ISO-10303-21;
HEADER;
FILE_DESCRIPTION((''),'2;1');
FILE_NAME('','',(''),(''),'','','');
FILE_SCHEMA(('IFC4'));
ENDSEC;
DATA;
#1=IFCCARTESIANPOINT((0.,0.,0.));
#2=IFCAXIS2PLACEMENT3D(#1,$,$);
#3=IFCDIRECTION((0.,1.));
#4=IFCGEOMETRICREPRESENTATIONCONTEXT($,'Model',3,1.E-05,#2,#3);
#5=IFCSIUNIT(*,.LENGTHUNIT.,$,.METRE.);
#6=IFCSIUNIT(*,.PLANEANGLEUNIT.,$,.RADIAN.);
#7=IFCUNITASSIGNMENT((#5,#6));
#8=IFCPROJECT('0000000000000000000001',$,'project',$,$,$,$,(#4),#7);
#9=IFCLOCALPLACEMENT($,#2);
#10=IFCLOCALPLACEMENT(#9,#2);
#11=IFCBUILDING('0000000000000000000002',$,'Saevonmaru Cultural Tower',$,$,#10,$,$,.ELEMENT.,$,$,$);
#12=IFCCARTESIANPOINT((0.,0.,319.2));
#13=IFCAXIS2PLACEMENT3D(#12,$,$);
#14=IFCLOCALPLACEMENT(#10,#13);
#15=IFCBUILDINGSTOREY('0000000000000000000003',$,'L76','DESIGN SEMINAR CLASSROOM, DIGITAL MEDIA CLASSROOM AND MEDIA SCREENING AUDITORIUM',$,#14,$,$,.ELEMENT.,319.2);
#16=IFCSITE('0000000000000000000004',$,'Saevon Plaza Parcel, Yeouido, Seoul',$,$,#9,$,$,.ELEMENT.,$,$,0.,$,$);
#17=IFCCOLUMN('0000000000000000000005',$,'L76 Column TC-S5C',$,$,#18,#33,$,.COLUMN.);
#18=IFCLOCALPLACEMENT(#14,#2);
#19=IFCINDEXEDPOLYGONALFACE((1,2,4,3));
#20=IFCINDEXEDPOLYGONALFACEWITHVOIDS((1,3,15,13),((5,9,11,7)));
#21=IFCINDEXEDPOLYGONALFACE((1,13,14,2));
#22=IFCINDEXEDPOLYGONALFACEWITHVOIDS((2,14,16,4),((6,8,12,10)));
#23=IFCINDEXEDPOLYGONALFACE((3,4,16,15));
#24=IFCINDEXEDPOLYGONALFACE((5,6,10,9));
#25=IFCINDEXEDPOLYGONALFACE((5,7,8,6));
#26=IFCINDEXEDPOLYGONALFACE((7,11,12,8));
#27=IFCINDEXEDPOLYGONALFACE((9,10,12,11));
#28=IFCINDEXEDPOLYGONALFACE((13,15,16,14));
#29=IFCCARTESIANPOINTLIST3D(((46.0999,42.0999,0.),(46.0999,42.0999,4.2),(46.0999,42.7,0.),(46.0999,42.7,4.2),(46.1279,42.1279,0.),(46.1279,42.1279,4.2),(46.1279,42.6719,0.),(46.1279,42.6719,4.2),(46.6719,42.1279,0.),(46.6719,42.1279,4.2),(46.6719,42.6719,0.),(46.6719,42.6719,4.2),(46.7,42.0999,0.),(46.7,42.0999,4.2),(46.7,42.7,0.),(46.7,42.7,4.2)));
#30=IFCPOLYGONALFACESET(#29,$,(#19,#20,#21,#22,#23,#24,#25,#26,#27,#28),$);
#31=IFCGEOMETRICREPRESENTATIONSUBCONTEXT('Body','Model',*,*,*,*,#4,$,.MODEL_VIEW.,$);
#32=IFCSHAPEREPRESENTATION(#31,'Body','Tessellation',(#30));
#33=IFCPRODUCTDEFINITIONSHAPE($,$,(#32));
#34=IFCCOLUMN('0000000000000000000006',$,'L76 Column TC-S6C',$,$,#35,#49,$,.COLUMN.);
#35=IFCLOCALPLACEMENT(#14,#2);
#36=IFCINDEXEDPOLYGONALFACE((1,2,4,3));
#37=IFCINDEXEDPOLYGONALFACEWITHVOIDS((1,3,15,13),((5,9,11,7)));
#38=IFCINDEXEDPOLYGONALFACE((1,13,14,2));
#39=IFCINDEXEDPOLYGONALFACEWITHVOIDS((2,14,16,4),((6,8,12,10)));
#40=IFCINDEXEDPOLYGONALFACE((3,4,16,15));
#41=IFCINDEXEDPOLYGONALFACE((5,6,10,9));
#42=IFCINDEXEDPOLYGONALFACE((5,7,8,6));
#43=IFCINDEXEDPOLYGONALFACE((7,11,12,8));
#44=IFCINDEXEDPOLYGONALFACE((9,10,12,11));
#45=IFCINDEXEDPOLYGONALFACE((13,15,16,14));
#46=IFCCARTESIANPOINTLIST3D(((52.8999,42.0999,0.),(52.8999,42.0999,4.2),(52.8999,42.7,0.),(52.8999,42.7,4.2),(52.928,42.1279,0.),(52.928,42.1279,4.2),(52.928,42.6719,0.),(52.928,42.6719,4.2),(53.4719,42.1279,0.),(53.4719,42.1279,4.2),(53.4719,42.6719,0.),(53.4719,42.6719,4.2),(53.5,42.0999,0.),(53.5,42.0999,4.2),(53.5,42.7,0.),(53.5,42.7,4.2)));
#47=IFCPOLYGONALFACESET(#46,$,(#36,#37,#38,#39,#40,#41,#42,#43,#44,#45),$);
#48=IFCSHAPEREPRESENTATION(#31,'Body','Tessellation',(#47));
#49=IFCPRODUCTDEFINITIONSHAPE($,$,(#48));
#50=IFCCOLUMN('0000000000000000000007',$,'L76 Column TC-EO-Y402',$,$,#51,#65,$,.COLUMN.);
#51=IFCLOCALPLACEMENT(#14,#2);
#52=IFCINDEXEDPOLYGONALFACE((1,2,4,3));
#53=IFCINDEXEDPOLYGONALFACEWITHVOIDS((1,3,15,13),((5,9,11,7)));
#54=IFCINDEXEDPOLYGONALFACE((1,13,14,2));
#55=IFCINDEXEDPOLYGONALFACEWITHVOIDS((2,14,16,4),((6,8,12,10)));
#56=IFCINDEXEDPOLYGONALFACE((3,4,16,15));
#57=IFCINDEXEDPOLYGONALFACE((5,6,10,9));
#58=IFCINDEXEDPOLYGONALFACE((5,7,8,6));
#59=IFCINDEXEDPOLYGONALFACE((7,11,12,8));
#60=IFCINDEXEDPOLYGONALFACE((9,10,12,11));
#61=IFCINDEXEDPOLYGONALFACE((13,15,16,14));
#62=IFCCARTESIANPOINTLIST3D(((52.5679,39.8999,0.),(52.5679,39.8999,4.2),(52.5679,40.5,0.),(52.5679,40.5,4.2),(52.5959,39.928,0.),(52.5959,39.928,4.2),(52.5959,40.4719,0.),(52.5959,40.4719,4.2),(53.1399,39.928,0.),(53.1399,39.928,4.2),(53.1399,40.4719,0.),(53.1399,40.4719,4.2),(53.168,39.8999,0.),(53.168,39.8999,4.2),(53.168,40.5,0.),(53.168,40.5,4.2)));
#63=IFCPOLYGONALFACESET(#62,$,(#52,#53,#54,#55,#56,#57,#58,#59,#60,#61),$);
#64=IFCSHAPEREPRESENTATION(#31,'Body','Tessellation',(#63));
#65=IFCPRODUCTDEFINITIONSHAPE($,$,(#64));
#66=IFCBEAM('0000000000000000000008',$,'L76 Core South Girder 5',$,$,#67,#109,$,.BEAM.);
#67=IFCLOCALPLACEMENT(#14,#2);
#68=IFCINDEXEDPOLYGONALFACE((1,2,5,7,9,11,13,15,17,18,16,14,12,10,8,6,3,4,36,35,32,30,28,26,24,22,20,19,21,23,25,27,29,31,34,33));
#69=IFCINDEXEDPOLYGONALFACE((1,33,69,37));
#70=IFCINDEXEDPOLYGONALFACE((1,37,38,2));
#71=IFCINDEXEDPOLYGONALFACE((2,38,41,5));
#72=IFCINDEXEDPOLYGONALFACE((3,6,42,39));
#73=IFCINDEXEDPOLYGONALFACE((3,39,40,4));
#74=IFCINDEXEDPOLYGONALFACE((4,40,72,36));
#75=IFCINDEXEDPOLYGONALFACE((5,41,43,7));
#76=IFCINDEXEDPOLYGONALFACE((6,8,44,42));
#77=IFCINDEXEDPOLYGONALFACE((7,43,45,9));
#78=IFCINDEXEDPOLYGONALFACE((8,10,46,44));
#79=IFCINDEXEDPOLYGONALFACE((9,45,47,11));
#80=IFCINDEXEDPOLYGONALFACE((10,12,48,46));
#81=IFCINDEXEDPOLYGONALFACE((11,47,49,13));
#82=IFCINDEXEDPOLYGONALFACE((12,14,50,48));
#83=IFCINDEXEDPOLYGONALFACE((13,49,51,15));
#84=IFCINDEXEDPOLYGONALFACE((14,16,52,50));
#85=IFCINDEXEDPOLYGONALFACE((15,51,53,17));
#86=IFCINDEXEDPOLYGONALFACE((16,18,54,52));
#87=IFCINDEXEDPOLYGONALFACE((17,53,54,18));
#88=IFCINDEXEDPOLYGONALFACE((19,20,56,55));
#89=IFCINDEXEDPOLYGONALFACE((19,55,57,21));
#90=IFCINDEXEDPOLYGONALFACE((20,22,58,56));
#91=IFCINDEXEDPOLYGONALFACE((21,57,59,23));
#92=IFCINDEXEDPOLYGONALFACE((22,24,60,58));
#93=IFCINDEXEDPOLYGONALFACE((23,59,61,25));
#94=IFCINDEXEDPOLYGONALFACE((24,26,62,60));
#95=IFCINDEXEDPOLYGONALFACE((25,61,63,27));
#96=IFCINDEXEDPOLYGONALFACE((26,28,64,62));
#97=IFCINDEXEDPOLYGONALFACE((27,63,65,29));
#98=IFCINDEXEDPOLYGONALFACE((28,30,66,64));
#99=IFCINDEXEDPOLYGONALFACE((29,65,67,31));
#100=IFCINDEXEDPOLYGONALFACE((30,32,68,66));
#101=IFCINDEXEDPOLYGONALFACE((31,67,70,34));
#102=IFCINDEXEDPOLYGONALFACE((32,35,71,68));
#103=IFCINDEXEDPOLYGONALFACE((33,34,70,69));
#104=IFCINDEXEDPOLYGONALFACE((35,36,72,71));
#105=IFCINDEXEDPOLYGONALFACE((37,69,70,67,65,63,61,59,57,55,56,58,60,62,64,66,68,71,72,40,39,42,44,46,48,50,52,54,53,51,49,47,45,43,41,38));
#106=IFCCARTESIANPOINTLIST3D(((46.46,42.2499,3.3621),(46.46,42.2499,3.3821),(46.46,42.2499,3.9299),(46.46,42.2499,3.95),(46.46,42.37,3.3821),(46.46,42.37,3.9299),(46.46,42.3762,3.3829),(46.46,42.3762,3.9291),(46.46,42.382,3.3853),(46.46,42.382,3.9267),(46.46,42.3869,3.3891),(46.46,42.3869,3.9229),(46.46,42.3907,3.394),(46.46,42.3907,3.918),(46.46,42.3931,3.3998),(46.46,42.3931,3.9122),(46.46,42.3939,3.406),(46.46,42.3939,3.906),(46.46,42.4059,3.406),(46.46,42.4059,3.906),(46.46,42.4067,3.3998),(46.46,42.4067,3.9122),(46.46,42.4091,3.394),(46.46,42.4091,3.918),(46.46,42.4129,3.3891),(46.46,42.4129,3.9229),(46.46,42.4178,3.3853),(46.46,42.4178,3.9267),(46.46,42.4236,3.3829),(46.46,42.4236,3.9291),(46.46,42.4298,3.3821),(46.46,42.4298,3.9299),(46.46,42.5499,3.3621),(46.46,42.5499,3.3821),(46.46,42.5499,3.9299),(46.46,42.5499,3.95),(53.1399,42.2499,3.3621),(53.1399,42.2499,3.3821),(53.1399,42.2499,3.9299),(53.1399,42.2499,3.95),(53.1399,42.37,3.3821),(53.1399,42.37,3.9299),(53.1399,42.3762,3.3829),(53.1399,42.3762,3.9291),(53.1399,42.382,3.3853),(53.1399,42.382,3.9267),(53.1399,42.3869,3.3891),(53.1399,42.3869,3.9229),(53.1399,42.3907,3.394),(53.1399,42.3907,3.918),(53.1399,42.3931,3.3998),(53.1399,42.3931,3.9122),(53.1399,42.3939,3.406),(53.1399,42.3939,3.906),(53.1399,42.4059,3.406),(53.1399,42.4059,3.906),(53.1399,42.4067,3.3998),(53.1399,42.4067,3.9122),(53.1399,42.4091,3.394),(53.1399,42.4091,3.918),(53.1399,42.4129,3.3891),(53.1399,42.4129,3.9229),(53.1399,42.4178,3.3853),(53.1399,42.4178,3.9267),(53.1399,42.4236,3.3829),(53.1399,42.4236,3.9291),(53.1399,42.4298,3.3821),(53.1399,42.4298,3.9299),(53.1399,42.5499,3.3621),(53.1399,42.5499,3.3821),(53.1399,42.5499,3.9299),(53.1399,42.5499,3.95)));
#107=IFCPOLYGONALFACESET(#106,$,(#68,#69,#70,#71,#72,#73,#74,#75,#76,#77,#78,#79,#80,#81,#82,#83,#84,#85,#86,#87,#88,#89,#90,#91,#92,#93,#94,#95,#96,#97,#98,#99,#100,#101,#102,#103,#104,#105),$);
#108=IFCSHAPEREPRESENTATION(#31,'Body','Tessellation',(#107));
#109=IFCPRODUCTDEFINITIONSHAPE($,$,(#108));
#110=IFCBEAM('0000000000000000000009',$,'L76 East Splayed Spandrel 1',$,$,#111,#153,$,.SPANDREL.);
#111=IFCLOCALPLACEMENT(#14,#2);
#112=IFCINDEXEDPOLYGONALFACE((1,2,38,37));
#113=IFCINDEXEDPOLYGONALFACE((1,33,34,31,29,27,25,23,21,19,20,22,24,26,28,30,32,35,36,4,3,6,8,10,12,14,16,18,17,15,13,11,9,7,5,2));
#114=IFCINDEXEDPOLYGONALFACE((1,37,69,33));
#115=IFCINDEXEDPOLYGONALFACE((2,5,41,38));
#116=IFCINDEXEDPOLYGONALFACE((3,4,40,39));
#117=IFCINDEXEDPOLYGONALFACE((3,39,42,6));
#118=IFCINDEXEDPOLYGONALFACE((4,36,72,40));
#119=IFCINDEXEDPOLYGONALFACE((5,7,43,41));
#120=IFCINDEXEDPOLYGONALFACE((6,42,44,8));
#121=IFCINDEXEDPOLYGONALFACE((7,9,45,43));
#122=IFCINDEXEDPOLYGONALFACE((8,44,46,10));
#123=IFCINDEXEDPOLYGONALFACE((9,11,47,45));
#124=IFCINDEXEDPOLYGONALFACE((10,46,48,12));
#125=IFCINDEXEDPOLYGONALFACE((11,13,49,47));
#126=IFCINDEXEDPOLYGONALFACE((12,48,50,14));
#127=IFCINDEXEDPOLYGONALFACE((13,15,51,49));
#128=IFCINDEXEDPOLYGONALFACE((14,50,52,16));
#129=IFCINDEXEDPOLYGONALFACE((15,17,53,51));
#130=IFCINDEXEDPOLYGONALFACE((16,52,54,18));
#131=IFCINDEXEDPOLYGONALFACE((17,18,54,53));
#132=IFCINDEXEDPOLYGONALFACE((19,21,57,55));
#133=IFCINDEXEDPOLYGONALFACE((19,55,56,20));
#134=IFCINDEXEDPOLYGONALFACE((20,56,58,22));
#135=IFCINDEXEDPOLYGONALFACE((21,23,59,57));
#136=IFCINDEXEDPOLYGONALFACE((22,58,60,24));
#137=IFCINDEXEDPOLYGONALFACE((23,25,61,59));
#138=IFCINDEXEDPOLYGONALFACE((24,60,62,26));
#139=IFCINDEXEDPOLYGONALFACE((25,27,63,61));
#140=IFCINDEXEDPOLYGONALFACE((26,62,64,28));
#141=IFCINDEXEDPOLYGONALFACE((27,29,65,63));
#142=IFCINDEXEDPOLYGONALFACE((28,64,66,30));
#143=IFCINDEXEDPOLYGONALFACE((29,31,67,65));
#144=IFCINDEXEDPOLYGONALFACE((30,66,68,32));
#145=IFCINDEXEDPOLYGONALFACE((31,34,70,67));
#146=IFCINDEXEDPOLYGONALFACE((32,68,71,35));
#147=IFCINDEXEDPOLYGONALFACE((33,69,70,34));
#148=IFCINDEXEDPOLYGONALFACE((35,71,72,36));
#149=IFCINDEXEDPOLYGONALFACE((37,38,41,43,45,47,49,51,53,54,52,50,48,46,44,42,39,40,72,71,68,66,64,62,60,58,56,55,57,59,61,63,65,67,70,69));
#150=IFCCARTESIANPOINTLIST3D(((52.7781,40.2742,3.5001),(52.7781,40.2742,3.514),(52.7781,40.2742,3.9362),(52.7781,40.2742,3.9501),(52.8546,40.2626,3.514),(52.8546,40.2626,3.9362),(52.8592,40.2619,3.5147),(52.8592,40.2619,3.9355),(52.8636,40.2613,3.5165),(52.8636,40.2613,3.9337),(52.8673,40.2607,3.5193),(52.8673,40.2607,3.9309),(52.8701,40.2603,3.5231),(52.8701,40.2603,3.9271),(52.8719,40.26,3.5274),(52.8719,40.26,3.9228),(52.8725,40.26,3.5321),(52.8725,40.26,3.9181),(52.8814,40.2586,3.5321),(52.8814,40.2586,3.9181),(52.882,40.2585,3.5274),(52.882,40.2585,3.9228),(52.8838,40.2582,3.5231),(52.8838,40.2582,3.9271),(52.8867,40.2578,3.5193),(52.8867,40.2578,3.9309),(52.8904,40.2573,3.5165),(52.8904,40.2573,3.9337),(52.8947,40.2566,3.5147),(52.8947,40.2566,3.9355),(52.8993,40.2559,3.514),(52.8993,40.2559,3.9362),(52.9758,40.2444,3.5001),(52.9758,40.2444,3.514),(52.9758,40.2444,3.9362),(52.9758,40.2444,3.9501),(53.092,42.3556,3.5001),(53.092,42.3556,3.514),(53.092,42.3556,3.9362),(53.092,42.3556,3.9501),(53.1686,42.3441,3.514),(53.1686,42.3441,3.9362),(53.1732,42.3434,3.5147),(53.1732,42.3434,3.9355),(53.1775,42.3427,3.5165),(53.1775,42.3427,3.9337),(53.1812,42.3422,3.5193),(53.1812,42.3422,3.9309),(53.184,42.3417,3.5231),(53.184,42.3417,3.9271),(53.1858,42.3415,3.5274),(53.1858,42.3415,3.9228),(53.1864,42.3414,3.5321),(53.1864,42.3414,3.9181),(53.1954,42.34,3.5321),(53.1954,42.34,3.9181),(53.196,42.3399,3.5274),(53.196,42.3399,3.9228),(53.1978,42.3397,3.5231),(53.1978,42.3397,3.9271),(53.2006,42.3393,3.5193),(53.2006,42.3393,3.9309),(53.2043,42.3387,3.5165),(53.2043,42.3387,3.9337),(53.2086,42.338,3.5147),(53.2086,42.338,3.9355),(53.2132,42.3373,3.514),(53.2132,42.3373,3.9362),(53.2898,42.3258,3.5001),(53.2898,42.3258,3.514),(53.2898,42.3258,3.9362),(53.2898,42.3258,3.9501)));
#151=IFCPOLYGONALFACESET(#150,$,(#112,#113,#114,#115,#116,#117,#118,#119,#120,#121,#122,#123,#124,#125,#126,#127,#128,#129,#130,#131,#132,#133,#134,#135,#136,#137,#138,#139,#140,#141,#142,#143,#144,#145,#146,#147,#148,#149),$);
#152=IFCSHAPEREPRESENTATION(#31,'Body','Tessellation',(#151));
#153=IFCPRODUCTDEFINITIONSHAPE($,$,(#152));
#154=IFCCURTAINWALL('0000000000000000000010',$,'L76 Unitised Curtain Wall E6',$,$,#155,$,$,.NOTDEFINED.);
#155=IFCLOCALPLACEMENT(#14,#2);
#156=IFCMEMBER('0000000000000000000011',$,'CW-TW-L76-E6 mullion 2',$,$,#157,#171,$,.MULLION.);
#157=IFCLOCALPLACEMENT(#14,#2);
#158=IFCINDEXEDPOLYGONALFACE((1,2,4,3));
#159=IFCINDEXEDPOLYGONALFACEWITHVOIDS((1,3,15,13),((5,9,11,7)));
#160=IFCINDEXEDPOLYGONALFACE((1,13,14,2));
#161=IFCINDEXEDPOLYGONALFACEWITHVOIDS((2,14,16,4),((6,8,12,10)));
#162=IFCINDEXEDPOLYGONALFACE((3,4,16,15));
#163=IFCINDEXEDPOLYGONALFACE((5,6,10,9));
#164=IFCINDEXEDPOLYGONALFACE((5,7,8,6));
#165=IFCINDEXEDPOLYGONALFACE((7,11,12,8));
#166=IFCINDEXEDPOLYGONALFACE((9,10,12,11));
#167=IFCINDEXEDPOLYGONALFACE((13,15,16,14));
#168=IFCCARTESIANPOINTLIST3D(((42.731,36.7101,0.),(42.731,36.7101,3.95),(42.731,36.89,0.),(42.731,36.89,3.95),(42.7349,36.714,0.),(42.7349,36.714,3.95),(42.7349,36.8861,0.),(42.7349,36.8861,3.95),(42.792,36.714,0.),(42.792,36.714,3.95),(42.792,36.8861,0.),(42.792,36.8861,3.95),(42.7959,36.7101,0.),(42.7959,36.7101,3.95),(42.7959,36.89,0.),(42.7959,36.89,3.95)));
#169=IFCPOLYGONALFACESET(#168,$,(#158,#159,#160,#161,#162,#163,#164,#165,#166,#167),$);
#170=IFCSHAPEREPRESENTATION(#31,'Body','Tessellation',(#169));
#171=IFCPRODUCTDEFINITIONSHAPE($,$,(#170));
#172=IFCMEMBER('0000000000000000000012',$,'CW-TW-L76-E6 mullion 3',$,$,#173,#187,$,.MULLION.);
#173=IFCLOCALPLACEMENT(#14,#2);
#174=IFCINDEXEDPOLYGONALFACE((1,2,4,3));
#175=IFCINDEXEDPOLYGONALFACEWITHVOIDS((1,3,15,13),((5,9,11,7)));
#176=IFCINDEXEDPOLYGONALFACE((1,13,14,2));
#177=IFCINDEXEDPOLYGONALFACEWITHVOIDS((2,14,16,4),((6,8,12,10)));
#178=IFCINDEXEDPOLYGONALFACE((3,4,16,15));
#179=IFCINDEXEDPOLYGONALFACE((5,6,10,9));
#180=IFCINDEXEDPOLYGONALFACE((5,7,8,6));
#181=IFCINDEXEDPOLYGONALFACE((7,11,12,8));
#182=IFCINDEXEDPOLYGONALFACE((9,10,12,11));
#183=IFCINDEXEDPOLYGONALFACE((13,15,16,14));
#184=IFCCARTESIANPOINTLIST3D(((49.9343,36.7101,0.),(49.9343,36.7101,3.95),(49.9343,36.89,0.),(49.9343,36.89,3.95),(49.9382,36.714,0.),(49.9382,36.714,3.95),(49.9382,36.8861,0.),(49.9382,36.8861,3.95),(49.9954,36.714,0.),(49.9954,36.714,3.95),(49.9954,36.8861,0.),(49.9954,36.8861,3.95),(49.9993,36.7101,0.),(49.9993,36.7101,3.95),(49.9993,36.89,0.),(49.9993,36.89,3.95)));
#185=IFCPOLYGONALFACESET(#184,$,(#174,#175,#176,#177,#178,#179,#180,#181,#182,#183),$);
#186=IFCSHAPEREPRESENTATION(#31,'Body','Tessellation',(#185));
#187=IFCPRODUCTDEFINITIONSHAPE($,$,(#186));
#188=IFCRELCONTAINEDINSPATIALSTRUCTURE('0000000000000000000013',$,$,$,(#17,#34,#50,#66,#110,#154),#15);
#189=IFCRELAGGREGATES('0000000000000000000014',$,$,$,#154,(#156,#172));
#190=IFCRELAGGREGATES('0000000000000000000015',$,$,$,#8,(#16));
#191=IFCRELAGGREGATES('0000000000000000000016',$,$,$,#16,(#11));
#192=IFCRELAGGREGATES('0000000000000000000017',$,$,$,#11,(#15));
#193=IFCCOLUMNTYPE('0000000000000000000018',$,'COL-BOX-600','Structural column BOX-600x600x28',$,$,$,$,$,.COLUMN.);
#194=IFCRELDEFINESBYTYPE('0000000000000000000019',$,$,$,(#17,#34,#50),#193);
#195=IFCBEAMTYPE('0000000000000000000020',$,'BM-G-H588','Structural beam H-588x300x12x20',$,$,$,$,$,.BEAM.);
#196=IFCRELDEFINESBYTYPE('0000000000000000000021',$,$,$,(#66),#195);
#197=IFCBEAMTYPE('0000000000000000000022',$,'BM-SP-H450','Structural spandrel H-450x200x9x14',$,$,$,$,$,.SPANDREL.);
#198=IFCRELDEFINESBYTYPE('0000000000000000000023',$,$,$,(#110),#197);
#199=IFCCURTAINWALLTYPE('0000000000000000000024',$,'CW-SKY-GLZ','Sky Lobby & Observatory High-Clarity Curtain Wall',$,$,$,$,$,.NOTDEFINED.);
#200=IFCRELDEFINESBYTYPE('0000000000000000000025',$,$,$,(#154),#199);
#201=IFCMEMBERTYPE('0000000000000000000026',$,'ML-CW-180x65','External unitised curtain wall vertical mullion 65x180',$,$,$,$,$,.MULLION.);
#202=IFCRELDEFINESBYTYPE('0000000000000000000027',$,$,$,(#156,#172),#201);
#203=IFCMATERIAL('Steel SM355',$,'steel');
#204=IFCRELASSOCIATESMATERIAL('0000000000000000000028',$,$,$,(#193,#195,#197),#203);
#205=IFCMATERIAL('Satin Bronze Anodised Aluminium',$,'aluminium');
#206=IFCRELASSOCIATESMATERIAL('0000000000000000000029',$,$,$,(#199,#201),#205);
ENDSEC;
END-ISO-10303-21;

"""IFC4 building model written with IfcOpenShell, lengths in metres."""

from ifc_helpers import new_model, si_unit, direction, frame, origin, origin_2d, place, context, subcontext, project, spatial, hollow_rectangle, i_section, extrude, material, material_profile, profile_set, type_object, element, aggregate, save


model = new_model("IFC4")

# Units and contexts
model_context = context("Model", 3, precision=1e-05, world=origin(), true_north=direction((0.0, 1.0)))
body_context = subcontext(model_context, "Body", "Model", "MODEL_VIEW")
ifc_project = project(units=[si_unit("LENGTHUNIT", "METRE"), si_unit("PLANEANGLEUNIT", "RADIAN")], contexts=[model_context])

# Site, building, storey
site_placement = place(None, origin())
site = spatial("IfcSite", under=ifc_project, at=site_placement, Name="Saevon Plaza Parcel, Yeouido, Seoul", CompositionType="ELEMENT", RefElevation=0.0)
building_placement = place(site_placement, origin())
building = spatial("IfcBuilding", under=site, at=building_placement, Name="Saevonmaru Cultural Tower", CompositionType="ELEMENT")
storey_placement = place(building_placement, frame((0.0, 0.0, 319.2)))
storey = spatial("IfcBuildingStorey", under=building, at=storey_placement, Name="L76", Description="DESIGN SEMINAR CLASSROOM, DIGITAL MEDIA CLASSROOM AND MEDIA SCREENING AUDITORIUM", CompositionType="ELEMENT", Elevation=319.2)

# Columns
ifc_material_1 = material(Name="Steel SM355", Category="steel")
ifc_material_profile_1 = material_profile(ifc_material_1, hollow_rectangle(XDim=0.6001, YDim=0.6001, WallThickness=0.0281, at=origin_2d()), Name="BOX-600x600x28")
ifc_profile_set_1 = profile_set([ifc_material_profile_1], Name="Steel SM355")
column_type = type_object("IfcColumnType", Name="COL-BOX-600", Description="Structural column BOX-600x600x28", PredefinedType="COLUMN", material=ifc_profile_set_1)
for number, where, z_axis, x_axis, name in (
    (1, (46.3999, 42.3999, 0.0), (0.0, 0.0, 1.0), (1.0, 0.0, 0.0), "L76 Column TC-S5C"),
    (2, (53.2, 42.3999, 0.0), (0.0, 0.0, 1.0), (1.0, 0.0, 0.0), "L76 Column TC-S6C"),
    (3, (52.8679, 40.2, 0.0), (0.0, 0.0, 1.0), (1.0, 0.0, 0.0), "L76 Column TC-EO-Y402"),
):
    element("IfcColumn", number, at=place(storey_placement, frame(where, z_axis=z_axis, x_axis=x_axis)), inside=storey, type_object=column_type, Name=name, PredefinedType="COLUMN", context=body_context, shape_type="SweptSolid", body=[
        extrude(hollow_rectangle(XDim=0.6001, YDim=0.6001, WallThickness=0.0281, at=origin_2d()), origin(), (0.0, 0.0, 1.0), 4.2),
    ])

# Beams
ifc_material_profile_2 = material_profile(ifc_material_1, i_section(OverallWidth=0.3, OverallDepth=0.5879, WebThickness=0.012, FlangeThickness=0.02, FilletRadius=0.0239, at=origin_2d()), Name="H-588x300x12x20")
ifc_profile_set_2 = profile_set([ifc_material_profile_2], Name="Steel SM355")
beam_type_1 = type_object("IfcBeamType", Name="BM-G-H588", Description="Structural beam H-588x300x12x20", PredefinedType="BEAM", material=ifc_profile_set_2)
beam_1_placement = place(storey_placement, frame((46.46, 42.3999, 3.656), z_axis=(1.0, 0.0, 0.0), x_axis=(0.0, 1.0, 0.0)))
element("IfcBeam", 4, at=beam_1_placement, inside=storey, type_object=beam_type_1, Name="L76 Core South Girder 5", PredefinedType="BEAM", context=body_context, shape_type="SweptSolid", body=[
    extrude(i_section(OverallWidth=0.3, OverallDepth=0.5879, WebThickness=0.012, FlangeThickness=0.02, FilletRadius=0.0239, at=origin_2d()), origin(), (0.0, 0.0, 1.0), 6.6799),
])
ifc_material_profile_3 = material_profile(ifc_material_1, i_section(OverallWidth=0.2, OverallDepth=0.45, WebThickness=0.009, FlangeThickness=0.0139, FilletRadius=0.0181, at=origin_2d()), Name="H-450x200x9x14")
ifc_profile_set_3 = profile_set([ifc_material_profile_3], Name="Steel SM355")
beam_type_2 = type_object("IfcBeamType", Name="BM-SP-H450", Description="Structural spandrel H-450x200x9x14", PredefinedType="SPANDREL", material=ifc_profile_set_3)
beam_2_placement = place(storey_placement, frame((52.877, 40.2593, 3.7251), z_axis=(0.149146, 0.988815, 0.0), x_axis=(-0.988815, 0.149146, 0.0)))
element("IfcBeam", 5, at=beam_2_placement, inside=storey, type_object=beam_type_2, Name="L76 East Splayed Spandrel 1", PredefinedType="SPANDREL", context=body_context, shape_type="SweptSolid", body=[
    extrude(i_section(OverallWidth=0.2, OverallDepth=0.45, WebThickness=0.009, FlangeThickness=0.0139, FilletRadius=0.0181, at=origin_2d()), origin(), (0.0, 0.0, 1.0), 2.105),
])

# Curtain wall, members
ifc_material_2 = material(Name="Satin Bronze Anodised Aluminium", Category="aluminium")
curtain_wall_type = type_object("IfcCurtainWallType", Name="CW-SKY-GLZ", Description="Sky Lobby & Observatory High-Clarity Curtain Wall", PredefinedType="NOTDEFINED", material=ifc_material_2)
curtain_wall_1_placement = place(storey_placement, origin())
curtain_wall_1 = element("IfcCurtainWall", 6, at=curtain_wall_1_placement, inside=storey, type_object=curtain_wall_type, Name="L76 Unitised Curtain Wall E6", PredefinedType="NOTDEFINED")
ifc_material_profile_4 = material_profile(ifc_material_2, hollow_rectangle(XDim=0.0649, YDim=0.1799, WallThickness=0.0039, at=origin_2d()), Name="ALU-MULL-180x65x4")
ifc_profile_set_4 = profile_set([ifc_material_profile_4], Name="Satin Bronze Anodised Aluminium")
member_type_1 = type_object("IfcMemberType", Name="ML-CW-180x65", Description="External unitised curtain wall vertical mullion 65x180", PredefinedType="MULLION", material=ifc_profile_set_4)
member_1_placement = place(storey_placement, frame((42.7634, 36.8, 0.0), z_axis=(0.0, 0.0, 1.0), x_axis=(1.0, 0.0, 0.0)))
member_1 = element("IfcMember", 7, at=member_1_placement, type_object=member_type_1, Name="CW-TW-L76-E6 mullion 2", PredefinedType="MULLION", context=body_context, shape_type="SweptSolid", body=[
    extrude(hollow_rectangle(XDim=0.0649, YDim=0.1799, WallThickness=0.0039, at=origin_2d()), origin(), (0.0, 0.0, 1.0), 3.95),
])
member_2_placement = place(storey_placement, frame((49.9668, 36.8, 0.0), z_axis=(0.0, 0.0, 1.0), x_axis=(1.0, 0.0, 0.0)))
member_2 = element("IfcMember", 8, at=member_2_placement, type_object=member_type_1, Name="CW-TW-L76-E6 mullion 3", PredefinedType="MULLION", context=body_context, shape_type="SweptSolid", body=[
    extrude(hollow_rectangle(XDim=0.0649, YDim=0.1799, WallThickness=0.0039, at=origin_2d()), origin(), (0.0, 0.0, 1.0), 3.95),
])

aggregate(curtain_wall_1, [member_1, member_2])

save(model, "model.ifc")
